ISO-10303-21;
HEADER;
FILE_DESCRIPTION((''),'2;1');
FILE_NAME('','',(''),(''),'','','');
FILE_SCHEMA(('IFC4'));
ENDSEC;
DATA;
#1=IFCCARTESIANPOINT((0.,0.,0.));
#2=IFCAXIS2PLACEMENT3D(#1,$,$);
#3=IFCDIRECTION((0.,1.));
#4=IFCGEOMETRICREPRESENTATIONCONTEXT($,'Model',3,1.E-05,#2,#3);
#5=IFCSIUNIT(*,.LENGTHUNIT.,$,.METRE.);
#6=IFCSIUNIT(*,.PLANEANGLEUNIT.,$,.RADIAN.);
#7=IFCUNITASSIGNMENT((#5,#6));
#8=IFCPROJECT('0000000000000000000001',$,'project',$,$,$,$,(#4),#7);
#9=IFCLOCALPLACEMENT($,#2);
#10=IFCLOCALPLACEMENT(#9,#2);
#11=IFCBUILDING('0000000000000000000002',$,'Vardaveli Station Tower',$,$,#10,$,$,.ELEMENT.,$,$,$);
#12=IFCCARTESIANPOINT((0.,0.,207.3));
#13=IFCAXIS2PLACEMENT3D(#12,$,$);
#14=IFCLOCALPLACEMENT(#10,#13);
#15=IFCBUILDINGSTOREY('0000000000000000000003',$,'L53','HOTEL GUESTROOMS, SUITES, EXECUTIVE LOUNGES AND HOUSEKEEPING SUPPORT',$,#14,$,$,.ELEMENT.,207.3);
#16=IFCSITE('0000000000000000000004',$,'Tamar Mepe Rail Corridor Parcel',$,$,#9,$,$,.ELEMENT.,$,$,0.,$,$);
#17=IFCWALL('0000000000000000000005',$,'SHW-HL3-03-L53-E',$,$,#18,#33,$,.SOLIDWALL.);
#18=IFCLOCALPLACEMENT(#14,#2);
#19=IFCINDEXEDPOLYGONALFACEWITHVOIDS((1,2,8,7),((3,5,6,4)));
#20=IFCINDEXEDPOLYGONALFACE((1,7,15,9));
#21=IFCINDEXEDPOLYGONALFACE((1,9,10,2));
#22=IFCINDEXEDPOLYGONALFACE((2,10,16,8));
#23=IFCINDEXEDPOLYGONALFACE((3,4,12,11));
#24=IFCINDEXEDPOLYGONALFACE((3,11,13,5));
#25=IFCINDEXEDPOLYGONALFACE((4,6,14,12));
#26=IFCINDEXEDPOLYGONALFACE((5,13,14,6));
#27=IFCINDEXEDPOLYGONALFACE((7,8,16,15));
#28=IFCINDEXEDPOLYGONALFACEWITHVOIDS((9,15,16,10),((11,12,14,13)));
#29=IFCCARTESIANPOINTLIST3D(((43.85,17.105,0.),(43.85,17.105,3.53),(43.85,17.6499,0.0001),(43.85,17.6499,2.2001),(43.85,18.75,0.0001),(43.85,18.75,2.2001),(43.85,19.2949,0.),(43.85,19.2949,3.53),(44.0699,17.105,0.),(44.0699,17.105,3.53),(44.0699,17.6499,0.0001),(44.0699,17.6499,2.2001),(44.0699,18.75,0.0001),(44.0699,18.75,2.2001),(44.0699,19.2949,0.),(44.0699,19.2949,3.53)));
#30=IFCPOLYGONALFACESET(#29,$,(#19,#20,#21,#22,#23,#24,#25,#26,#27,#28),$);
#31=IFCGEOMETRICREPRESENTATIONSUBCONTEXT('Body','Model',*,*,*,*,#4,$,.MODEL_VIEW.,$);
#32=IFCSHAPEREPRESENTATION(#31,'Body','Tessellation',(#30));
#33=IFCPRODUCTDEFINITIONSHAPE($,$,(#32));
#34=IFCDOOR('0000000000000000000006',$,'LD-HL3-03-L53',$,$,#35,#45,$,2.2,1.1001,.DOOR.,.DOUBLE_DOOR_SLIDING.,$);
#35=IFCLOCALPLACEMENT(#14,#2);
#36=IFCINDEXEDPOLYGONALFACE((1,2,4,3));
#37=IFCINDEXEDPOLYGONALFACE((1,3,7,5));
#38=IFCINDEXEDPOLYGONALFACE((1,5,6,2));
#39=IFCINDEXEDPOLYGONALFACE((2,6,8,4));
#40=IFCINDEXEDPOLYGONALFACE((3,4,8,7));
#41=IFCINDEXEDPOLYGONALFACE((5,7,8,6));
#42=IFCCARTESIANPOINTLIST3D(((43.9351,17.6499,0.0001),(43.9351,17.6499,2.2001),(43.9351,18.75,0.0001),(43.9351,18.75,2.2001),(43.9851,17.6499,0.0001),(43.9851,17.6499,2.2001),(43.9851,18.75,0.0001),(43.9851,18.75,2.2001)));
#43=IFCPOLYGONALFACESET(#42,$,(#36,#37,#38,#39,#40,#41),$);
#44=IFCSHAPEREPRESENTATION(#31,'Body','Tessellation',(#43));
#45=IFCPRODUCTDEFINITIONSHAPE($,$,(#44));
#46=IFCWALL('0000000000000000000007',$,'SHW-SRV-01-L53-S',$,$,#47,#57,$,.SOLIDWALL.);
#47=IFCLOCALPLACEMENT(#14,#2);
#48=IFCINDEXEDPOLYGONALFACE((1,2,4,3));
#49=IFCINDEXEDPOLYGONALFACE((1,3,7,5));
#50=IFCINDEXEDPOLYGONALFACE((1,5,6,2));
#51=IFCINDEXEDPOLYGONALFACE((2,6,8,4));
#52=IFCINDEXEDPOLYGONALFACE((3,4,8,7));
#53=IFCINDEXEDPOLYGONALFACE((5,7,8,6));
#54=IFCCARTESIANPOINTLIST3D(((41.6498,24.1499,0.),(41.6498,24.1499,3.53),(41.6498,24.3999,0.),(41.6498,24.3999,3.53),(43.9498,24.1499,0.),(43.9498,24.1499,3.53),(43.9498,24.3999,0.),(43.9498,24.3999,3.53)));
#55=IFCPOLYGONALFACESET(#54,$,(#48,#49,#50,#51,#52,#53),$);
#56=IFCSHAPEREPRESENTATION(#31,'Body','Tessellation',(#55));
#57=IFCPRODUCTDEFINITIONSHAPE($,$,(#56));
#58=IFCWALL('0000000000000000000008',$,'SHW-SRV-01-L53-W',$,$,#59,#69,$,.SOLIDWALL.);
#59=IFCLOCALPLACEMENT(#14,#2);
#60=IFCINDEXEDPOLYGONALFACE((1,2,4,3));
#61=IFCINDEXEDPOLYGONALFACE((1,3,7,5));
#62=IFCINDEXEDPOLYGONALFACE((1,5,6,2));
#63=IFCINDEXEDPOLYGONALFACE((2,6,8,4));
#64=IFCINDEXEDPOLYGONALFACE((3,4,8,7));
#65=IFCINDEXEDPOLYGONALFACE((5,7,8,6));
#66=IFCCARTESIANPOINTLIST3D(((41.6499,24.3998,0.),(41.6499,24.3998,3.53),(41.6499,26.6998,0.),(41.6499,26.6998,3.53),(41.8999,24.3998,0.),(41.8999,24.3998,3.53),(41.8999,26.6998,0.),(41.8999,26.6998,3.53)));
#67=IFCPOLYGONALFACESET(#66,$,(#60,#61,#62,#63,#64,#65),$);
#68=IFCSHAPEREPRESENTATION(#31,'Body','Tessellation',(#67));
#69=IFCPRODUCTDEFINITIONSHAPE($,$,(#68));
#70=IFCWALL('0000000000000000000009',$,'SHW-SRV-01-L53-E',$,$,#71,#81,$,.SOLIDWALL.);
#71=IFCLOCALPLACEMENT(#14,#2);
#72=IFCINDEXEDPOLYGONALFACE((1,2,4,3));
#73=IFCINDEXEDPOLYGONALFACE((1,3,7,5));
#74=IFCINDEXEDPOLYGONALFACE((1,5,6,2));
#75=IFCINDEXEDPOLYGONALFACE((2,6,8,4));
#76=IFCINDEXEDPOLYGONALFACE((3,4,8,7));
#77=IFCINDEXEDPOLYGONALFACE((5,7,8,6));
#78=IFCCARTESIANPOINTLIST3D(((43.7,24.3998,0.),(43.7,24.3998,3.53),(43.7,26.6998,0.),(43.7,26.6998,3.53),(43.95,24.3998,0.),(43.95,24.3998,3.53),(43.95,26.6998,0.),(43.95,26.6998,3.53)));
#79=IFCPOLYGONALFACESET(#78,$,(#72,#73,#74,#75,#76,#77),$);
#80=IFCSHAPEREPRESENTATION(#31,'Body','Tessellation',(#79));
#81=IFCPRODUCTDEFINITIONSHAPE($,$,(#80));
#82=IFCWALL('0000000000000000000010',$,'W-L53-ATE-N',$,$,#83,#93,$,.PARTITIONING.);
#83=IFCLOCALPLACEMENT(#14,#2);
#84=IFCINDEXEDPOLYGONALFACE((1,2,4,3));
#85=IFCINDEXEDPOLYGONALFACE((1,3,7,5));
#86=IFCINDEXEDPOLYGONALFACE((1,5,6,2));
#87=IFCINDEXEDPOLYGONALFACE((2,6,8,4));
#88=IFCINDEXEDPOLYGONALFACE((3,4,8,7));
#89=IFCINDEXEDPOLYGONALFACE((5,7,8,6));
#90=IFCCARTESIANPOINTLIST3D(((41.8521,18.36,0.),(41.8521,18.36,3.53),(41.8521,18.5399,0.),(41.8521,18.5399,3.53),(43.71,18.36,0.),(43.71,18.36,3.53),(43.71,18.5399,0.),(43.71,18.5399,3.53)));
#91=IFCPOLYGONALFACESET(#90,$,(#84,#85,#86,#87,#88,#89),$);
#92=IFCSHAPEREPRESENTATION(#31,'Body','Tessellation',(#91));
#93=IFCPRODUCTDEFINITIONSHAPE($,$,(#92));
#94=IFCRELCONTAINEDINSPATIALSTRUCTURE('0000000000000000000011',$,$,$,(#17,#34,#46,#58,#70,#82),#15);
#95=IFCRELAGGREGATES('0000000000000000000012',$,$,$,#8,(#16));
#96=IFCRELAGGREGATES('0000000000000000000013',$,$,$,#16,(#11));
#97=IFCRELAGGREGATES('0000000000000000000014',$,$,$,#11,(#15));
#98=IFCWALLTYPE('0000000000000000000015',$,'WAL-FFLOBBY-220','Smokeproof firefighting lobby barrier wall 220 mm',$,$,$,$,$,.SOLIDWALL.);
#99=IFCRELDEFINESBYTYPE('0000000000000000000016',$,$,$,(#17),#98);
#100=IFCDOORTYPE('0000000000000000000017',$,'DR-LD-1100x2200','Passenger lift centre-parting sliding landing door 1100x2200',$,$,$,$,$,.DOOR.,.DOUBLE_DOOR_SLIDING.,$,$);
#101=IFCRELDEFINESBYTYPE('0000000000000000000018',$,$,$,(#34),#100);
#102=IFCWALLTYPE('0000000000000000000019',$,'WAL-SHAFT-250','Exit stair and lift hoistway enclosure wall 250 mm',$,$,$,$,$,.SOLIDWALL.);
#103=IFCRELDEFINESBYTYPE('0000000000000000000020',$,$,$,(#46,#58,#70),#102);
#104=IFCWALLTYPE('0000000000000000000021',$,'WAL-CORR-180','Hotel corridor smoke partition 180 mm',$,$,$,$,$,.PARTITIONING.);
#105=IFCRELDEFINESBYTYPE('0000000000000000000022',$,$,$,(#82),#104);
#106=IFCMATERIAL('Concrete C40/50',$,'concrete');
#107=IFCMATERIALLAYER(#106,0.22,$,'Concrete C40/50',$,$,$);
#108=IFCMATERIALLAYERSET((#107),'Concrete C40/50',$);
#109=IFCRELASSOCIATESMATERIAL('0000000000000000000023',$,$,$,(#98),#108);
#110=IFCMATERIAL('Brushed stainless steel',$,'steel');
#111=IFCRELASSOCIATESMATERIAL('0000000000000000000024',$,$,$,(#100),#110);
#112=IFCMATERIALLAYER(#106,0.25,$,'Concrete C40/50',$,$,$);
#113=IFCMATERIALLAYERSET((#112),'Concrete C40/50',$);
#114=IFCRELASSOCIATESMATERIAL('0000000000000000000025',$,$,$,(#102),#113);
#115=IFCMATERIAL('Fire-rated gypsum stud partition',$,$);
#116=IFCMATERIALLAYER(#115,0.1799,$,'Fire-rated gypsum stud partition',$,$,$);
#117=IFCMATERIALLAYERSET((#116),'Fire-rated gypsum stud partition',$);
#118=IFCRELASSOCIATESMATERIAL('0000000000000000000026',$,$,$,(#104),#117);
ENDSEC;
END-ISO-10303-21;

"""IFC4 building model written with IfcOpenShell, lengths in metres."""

from ifc_helpers import new_model, si_unit, direction, frame, frame_2d, origin, place, context, subcontext, project, spatial, rectangle, extrude, source, transform, mapped, material, layer, layer_set, type_object, element, fill, save


model = new_model("IFC4")

# Units and contexts
model_context = context("Model", 3, precision=1e-05, world=origin(), true_north=direction((0.0, 1.0)))
body_context = subcontext(model_context, "Body", "Model", "MODEL_VIEW")
ifc_project = project(units=[si_unit("LENGTHUNIT", "METRE"), si_unit("PLANEANGLEUNIT", "RADIAN")], contexts=[model_context])

# Site, building, storey
site_placement = place(None, origin())
site = spatial("IfcSite", under=ifc_project, at=site_placement, Name="Tamar Mepe Rail Corridor Parcel", CompositionType="ELEMENT", RefElevation=0.0)
building_placement = place(site_placement, origin())
building = spatial("IfcBuilding", under=site, at=building_placement, Name="Vardaveli Station Tower", CompositionType="ELEMENT")
storey_placement = place(building_placement, frame((0.0, 0.0, 207.3)))
storey = spatial("IfcBuildingStorey", under=building, at=storey_placement, Name="L53", Description="HOTEL GUESTROOMS, SUITES, EXECUTIVE LOUNGES AND HOUSEKEEPING SUPPORT", CompositionType="ELEMENT", Elevation=207.3)

# Shared definitions
ifc_material_1 = material(Name="Concrete C40/50", Category="concrete")
ifc_layer_1 = layer(ifc_material_1, 0.22, Name="Concrete C40/50")
ifc_layer_set_1 = layer_set([ifc_layer_1], Name="Concrete C40/50")
wall_type_1 = type_object("IfcWallType", Name="WAL-FFLOBBY-220", Description="Smokeproof firefighting lobby barrier wall 220 mm", PredefinedType="SOLIDWALL", material=ifc_layer_set_1)
shared_shape_1 = source(origin(), body_context, "Body", "SweptSolid", [
    extrude(rectangle(XDim=2.1899, YDim=0.22, at=frame_2d((1.095, 0.0))), origin(), (0.0, 0.0, 1.0), 3.53),
])

# Shared definitions
shared_shape_2 = source(origin(), body_context, "Body", "SweptSolid", [
    extrude(rectangle(XDim=1.1001, YDim=2.2, at=frame_2d((0.55, 1.1001))), frame((0.0, 0.1201, 0.0), z_axis=(0.0, -1.0, 0.0), x_axis=(1.0, 0.0, 0.0)), (0.0, 0.0, 1.0), 0.24),
])
ifc_material_2 = material(Name="Brushed stainless steel", Category="steel")
door_type = type_object("IfcDoorType", Name="DR-LD-1100x2200", Description="Passenger lift centre-parting sliding landing door 1100x2200", OperationType="DOUBLE_DOOR_SLIDING", PredefinedType="DOOR", material=ifc_material_2)
shared_shape_3 = source(origin(), body_context, "Body", "SweptSolid", [
    extrude(rectangle(XDim=1.1001, YDim=2.2, at=frame_2d((0.55, 1.1001))), frame((0.0, 0.0249, 0.0), z_axis=(0.0, -1.0, 0.0), x_axis=(1.0, 0.0, 0.0)), (0.0, 0.0, 1.0), 0.05),
])

# Wall, opening, door
wall_1_placement = place(storey_placement, frame((43.96, 17.105, 0.0), z_axis=(0.0, 0.0, 1.0), x_axis=(0.0, 1.0, 0.0)))
wall_1 = element("IfcWall", 1, at=wall_1_placement, inside=storey, type_object=wall_type_1, Name="SHW-HL3-03-L53-E", PredefinedType="SOLIDWALL", context=body_context, shape_type="MappedRepresentation", body=[
    mapped(shared_shape_1, transform((0.0, 0.0, 0.0), scale=1.0)),
])
opening_1_placement = place(wall_1_placement, frame((0.5449, 0.0, 0.0)))
opening_1 = element("IfcOpeningElement", 2, at=opening_1_placement, cuts=wall_1, PredefinedType="OPENING", context=body_context, shape_type="MappedRepresentation", body=[
    mapped(shared_shape_2, transform((0.0, 0.0, 0.0), scale=1.0)),
])
door_1_placement = place(opening_1_placement, origin())
door_1 = element("IfcDoor", 3, at=door_1_placement, inside=storey, type_object=door_type, Name="LD-HL3-03-L53", OperationType="DOUBLE_DOOR_SLIDING", OverallHeight=2.2, OverallWidth=1.1001, PredefinedType="DOOR", context=body_context, shape_type="MappedRepresentation", body=[
    mapped(shared_shape_3, transform((0.0, 0.0, 0.0), scale=1.0)),
])
fill(opening_1, door_1)

# Walls
ifc_layer_2 = layer(ifc_material_1, 0.25, Name="Concrete C40/50")
ifc_layer_set_2 = layer_set([ifc_layer_2], Name="Concrete C40/50")
wall_type_2 = type_object("IfcWallType", Name="WAL-SHAFT-250", Description="Exit stair and lift hoistway enclosure wall 250 mm", PredefinedType="SOLIDWALL", material=ifc_layer_set_2)
shared_shape_4 = source(origin(), body_context, "Body", "SweptSolid", [
    extrude(rectangle(XDim=2.3, YDim=0.25, at=frame_2d((1.1499, 0.0))), origin(), (0.0, 0.0, 1.0), 3.53),
])
for number, where, z_axis, x_axis, name in (
    (4, (41.6499, 24.2749, 0.0), (0.0, 0.0, 1.0), (1.0, 0.0, 0.0), "SHW-SRV-01-L53-S"),
    (5, (41.7749, 24.3999, 0.0), (0.0, 0.0, 1.0), (0.0, 1.0, 0.0), "SHW-SRV-01-L53-W"),
    (6, (43.825, 24.3999, 0.0), (0.0, 0.0, 1.0), (0.0, 1.0, 0.0), "SHW-SRV-01-L53-E"),
):
    element("IfcWall", number, at=place(storey_placement, frame(where, z_axis=z_axis, x_axis=x_axis)), inside=storey, type_object=wall_type_2, Name=name, PredefinedType="SOLIDWALL", context=body_context, shape_type="MappedRepresentation", body=[
        mapped(shared_shape_4, transform((0.0, 0.0, 0.0), scale=1.0)),
    ])
ifc_material_3 = material(Name="Fire-rated gypsum stud partition")
ifc_layer_3 = layer(ifc_material_3, 0.1799, Name="Fire-rated gypsum stud partition")
ifc_layer_set_3 = layer_set([ifc_layer_3], Name="Fire-rated gypsum stud partition")
wall_type_3 = type_object("IfcWallType", Name="WAL-CORR-180", Description="Hotel corridor smoke partition 180 mm", PredefinedType="PARTITIONING", material=ifc_layer_set_3)
shared_shape_5 = source(origin(), body_context, "Body", "SweptSolid", [
    extrude(rectangle(XDim=1.8579, YDim=0.1799, at=frame_2d((0.929, 0.0))), origin(), (0.0, 0.0, 1.0), 3.53),
])
wall_2_placement = place(storey_placement, frame((41.8521, 18.45, 0.0), z_axis=(0.0, 0.0, 1.0), x_axis=(1.0, 0.0, 0.0)))
element("IfcWall", 7, at=wall_2_placement, inside=storey, type_object=wall_type_3, Name="W-L53-ATE-N", PredefinedType="PARTITIONING", context=body_context, shape_type="MappedRepresentation", body=[
    mapped(shared_shape_5, transform((0.0, 0.0, 0.0), scale=1.0)),
])

save(model, "model.ifc")
